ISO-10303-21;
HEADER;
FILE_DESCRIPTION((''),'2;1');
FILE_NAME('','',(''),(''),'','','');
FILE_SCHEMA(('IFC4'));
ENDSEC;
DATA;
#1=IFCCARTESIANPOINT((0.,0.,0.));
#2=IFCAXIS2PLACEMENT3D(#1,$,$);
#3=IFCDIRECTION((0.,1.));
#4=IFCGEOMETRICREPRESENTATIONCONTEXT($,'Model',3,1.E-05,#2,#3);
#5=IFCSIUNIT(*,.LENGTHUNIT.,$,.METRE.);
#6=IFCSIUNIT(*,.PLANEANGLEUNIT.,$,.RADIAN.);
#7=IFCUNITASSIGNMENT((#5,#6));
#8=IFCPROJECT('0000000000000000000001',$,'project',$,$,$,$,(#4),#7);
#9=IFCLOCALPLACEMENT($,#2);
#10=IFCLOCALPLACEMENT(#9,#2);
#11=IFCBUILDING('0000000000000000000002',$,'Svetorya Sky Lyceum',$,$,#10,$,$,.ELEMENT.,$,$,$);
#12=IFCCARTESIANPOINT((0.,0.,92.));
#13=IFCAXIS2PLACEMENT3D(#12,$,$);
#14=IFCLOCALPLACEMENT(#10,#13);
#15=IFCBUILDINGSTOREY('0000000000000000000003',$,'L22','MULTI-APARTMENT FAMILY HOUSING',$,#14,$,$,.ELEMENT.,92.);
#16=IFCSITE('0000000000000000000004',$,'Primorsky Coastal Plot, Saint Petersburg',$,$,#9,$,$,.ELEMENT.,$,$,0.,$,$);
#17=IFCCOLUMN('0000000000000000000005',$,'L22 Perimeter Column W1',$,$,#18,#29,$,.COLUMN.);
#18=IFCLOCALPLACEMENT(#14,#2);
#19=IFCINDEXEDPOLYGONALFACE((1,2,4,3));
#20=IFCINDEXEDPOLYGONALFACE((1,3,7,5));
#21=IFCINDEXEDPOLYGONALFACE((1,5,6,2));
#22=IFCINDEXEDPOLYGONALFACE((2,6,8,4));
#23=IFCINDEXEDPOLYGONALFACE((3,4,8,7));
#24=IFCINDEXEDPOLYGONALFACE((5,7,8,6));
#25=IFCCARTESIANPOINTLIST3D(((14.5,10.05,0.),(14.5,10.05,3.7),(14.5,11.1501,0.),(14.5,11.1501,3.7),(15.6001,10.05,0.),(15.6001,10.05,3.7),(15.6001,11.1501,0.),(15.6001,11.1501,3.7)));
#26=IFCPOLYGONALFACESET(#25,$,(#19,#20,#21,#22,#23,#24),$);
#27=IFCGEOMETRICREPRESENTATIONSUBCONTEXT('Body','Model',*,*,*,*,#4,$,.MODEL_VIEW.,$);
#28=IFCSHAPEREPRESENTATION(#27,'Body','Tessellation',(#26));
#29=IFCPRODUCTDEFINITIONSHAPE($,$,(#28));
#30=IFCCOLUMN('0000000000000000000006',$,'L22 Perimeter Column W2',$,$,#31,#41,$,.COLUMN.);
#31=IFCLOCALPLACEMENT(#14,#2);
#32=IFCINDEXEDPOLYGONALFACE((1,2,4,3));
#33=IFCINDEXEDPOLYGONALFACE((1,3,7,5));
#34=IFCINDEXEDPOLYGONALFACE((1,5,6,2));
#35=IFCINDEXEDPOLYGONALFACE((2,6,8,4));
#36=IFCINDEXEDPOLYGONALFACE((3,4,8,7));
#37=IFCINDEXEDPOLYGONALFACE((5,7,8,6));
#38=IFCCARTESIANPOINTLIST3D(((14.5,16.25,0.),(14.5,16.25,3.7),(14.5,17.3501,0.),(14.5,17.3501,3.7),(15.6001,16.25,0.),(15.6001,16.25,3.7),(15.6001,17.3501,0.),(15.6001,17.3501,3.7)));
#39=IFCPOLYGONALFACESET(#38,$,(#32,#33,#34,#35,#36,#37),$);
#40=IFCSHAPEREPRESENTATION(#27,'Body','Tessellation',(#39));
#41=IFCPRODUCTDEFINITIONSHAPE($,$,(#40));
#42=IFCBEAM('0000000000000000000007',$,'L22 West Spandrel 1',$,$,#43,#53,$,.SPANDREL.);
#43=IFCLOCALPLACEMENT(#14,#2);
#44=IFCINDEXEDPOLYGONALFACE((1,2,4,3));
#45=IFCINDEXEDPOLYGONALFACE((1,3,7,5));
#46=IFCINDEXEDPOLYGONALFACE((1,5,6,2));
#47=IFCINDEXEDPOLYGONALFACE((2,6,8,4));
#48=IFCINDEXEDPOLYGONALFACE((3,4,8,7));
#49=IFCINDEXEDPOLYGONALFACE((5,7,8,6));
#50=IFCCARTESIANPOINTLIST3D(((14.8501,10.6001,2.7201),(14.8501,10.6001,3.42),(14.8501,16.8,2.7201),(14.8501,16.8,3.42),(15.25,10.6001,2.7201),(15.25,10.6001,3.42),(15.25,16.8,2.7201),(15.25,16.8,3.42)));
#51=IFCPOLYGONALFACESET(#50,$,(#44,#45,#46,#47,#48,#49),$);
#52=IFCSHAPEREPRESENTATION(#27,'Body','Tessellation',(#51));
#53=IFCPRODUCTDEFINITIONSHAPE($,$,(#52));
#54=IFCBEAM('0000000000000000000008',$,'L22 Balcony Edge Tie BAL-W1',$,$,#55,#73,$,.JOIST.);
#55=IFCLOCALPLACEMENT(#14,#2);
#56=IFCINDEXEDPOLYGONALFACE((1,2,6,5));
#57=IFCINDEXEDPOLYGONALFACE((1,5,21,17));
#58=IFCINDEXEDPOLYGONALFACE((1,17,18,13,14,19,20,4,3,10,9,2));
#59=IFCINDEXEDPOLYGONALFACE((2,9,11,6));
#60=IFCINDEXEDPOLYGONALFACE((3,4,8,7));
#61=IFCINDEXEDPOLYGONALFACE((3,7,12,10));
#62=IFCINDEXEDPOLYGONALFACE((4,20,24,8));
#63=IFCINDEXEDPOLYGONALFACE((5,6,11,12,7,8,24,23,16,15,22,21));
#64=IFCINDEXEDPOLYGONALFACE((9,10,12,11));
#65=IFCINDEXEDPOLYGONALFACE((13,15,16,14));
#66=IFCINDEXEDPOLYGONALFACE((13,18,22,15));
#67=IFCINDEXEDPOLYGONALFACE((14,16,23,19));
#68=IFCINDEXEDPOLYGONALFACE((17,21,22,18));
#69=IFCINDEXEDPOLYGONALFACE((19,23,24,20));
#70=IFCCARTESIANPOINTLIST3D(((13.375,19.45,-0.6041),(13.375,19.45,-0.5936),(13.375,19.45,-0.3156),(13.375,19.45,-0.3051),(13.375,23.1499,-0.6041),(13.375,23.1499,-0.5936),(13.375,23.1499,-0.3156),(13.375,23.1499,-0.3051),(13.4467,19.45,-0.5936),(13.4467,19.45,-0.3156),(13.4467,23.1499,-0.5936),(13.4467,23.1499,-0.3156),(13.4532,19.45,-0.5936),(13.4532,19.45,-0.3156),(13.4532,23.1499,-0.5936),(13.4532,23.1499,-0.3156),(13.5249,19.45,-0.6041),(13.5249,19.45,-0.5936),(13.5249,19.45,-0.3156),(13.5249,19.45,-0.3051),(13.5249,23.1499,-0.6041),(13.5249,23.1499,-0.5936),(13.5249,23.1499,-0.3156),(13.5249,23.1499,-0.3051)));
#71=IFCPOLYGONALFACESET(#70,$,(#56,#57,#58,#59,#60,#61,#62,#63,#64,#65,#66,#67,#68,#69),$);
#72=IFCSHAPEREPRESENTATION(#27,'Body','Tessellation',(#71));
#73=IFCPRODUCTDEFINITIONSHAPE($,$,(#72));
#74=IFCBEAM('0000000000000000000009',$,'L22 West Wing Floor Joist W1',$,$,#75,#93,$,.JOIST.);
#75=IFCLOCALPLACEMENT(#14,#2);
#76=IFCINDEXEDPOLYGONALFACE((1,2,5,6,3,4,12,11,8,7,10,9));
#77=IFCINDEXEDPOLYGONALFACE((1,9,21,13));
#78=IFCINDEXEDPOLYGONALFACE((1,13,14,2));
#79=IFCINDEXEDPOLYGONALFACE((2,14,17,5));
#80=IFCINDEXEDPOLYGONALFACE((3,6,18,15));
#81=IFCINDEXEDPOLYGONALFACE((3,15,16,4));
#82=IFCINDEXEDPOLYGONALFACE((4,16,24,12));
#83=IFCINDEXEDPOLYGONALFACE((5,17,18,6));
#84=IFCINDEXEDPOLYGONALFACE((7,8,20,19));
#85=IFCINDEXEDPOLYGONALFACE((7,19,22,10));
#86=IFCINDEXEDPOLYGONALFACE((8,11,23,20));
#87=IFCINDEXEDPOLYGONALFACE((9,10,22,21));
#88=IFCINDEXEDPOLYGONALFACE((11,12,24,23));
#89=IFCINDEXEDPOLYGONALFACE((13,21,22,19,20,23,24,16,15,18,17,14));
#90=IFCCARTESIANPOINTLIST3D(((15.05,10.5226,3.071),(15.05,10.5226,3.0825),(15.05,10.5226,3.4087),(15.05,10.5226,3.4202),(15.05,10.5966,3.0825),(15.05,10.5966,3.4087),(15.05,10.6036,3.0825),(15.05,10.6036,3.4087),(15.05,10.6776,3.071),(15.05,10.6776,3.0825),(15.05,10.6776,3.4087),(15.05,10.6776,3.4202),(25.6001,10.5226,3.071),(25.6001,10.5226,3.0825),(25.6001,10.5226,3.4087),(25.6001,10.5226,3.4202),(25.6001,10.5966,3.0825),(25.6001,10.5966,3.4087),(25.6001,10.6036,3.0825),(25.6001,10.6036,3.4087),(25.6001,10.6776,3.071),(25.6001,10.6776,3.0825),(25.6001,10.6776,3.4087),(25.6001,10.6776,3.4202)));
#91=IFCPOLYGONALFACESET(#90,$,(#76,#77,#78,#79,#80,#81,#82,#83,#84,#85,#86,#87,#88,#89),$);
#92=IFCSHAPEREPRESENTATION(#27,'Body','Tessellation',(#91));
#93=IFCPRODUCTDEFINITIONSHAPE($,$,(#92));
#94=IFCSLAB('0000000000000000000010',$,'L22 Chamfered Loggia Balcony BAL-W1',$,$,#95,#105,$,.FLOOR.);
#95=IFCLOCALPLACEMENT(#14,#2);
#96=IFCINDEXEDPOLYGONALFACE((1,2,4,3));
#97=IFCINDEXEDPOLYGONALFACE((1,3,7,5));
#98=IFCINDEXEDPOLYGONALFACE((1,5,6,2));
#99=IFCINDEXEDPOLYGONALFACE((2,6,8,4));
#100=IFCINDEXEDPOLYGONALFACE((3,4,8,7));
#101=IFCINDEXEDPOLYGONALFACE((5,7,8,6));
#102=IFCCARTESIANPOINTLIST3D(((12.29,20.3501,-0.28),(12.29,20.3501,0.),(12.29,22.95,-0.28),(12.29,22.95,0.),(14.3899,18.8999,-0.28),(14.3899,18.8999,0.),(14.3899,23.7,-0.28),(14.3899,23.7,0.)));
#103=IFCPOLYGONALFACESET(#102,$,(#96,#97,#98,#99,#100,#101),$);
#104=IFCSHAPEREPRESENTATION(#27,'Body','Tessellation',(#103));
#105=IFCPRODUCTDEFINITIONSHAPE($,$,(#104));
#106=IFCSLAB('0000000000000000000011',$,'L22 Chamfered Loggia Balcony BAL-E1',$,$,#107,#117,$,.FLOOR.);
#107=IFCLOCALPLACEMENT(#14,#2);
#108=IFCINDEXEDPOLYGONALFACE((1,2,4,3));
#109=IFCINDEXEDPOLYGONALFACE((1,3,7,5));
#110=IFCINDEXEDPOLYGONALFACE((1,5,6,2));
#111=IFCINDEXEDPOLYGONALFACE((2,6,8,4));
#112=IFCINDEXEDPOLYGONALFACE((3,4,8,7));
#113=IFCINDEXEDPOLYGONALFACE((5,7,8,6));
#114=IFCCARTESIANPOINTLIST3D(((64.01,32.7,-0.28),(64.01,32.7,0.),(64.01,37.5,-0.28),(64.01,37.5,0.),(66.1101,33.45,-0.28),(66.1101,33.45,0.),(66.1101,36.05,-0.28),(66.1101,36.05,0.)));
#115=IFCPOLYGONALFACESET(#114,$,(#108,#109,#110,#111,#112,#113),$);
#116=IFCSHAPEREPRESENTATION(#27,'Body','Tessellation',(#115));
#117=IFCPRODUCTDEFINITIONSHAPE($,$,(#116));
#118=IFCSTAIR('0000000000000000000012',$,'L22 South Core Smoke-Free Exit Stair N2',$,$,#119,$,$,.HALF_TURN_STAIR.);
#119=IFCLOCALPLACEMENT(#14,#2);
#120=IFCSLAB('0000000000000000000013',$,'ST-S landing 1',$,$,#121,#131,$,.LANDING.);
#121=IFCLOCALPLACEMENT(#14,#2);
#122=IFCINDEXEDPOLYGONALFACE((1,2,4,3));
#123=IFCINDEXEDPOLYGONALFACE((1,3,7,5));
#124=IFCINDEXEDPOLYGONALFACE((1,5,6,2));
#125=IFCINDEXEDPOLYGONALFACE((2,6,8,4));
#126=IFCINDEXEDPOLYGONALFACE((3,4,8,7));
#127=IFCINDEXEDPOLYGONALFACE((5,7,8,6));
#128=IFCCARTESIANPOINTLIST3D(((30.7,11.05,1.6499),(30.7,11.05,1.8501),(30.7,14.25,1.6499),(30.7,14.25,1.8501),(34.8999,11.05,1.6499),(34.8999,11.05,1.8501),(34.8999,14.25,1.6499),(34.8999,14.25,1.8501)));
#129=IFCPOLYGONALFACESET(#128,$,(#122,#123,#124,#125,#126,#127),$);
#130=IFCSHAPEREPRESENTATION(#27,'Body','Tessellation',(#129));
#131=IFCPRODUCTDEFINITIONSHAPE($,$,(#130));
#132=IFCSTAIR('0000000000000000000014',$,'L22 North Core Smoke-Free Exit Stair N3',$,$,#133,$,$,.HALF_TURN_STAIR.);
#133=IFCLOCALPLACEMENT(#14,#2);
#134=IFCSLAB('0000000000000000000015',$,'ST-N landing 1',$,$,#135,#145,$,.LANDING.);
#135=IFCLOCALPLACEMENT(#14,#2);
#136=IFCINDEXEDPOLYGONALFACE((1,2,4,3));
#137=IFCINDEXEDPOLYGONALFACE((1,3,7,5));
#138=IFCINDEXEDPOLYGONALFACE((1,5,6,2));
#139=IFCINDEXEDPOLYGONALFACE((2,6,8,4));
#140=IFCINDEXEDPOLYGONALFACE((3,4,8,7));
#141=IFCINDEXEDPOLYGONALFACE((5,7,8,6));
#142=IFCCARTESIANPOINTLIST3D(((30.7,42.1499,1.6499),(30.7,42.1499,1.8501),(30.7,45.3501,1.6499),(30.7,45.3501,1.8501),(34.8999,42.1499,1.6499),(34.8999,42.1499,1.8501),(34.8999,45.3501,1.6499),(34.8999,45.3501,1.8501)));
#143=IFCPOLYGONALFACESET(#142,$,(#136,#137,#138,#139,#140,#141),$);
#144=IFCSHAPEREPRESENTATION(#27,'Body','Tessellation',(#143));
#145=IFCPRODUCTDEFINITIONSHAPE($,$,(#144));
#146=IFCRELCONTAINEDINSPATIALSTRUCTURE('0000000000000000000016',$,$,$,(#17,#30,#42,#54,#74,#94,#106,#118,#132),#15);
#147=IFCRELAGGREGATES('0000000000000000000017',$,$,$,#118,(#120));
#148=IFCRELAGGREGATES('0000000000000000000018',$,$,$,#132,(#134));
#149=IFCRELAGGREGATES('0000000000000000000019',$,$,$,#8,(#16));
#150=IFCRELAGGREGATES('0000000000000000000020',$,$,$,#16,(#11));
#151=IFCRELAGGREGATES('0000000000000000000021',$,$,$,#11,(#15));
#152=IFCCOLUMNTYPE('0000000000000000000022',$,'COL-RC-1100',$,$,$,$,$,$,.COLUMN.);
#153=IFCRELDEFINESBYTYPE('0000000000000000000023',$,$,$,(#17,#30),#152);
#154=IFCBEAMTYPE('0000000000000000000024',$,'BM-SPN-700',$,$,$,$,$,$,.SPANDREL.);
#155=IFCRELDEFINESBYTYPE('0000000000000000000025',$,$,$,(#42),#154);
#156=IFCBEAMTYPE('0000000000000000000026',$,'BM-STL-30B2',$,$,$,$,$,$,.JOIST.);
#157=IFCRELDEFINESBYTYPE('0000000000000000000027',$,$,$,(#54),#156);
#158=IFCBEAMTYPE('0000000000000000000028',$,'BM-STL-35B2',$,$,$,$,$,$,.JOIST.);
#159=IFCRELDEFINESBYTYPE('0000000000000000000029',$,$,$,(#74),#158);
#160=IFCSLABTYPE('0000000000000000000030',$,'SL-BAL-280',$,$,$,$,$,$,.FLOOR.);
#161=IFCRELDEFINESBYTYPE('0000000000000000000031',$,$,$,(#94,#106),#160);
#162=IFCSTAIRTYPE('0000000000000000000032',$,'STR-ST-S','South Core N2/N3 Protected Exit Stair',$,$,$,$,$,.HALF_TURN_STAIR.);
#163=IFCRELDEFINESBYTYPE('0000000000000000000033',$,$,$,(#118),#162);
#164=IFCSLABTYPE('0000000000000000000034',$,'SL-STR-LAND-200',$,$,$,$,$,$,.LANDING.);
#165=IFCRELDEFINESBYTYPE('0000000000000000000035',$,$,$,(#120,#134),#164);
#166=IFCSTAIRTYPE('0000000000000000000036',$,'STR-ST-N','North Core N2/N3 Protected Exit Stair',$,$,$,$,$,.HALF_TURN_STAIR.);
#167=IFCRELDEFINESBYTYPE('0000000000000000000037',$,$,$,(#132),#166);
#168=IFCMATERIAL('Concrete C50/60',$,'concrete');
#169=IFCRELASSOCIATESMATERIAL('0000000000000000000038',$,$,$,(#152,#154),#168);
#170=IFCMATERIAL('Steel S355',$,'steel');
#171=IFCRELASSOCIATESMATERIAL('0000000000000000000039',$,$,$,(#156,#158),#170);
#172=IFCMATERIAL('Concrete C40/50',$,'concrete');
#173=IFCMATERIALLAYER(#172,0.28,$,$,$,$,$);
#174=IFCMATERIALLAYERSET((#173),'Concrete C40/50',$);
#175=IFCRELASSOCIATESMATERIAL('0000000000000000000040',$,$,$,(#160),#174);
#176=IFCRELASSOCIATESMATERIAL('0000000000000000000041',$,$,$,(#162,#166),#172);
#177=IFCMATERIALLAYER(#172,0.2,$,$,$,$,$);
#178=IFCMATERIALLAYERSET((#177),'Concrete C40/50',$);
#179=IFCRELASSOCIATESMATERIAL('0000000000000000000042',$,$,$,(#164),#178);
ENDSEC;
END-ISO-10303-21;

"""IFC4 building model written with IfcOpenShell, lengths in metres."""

from ifc_helpers import new_model, si_unit, direction, frame, origin, origin_2d, place, context, subcontext, project, spatial, polyline, rectangle, i_section, outline, extrude, material, layer, layer_set, material_profile, profile_set, type_object, element, aggregate, save


model = new_model("IFC4")

# Units and contexts
model_context = context("Model", 3, precision=1e-05, world=origin(), true_north=direction((0.0, 1.0)))
body_context = subcontext(model_context, "Body", "Model", "MODEL_VIEW")
ifc_project = project(units=[si_unit("LENGTHUNIT", "METRE"), si_unit("PLANEANGLEUNIT", "RADIAN")], contexts=[model_context])

# Site, building, storey
site_placement = place(None, origin())
site = spatial("IfcSite", under=ifc_project, at=site_placement, Name="Primorsky Coastal Plot, Saint Petersburg", CompositionType="ELEMENT", RefElevation=0.0)
building_placement = place(site_placement, origin())
building = spatial("IfcBuilding", under=site, at=building_placement, Name="Svetorya Sky Lyceum", CompositionType="ELEMENT")
storey_placement = place(building_placement, frame((0.0, 0.0, 92.0)))
storey = spatial("IfcBuildingStorey", under=building, at=storey_placement, Name="L22", Description="MULTI-APARTMENT FAMILY HOUSING", CompositionType="ELEMENT", Elevation=92.0)

# Columns
ifc_material_1 = material(Name="Concrete C50/60", Category="concrete")
ifc_material_profile_1 = material_profile(ifc_material_1, rectangle(XDim=1.1001, YDim=1.1001, at=origin_2d()), Name="RC COL 1100x1100")
ifc_profile_set_1 = profile_set([ifc_material_profile_1], Name="Concrete C50/60")
column_type = type_object("IfcColumnType", Name="COL-RC-1100", PredefinedType="COLUMN", material=ifc_profile_set_1)
for number, where, z_axis, x_axis, name in (
    (1, (15.05, 10.6001, 0.0), (0.0, 0.0, 1.0), (1.0, 0.0, 0.0), "L22 Perimeter Column W1"),
    (2, (15.05, 16.8, 0.0), (0.0, 0.0, 1.0), (1.0, 0.0, 0.0), "L22 Perimeter Column W2"),
):
    element("IfcColumn", number, at=place(storey_placement, frame(where, z_axis=z_axis, x_axis=x_axis)), inside=storey, type_object=column_type, Name=name, PredefinedType="COLUMN", context=body_context, shape_type="SweptSolid", body=[
        extrude(rectangle(XDim=1.1001, YDim=1.1001, at=origin_2d()), origin(), (0.0, 0.0, 1.0), 3.7),
    ])

# Beams
ifc_material_profile_2 = material_profile(ifc_material_1, rectangle(XDim=0.3999, YDim=0.7, at=origin_2d()), Name="RC SPANDREL 400x700")
ifc_profile_set_2 = profile_set([ifc_material_profile_2], Name="Concrete C50/60")
beam_type_1 = type_object("IfcBeamType", Name="BM-SPN-700", PredefinedType="SPANDREL", material=ifc_profile_set_2)
beam_1_placement = place(storey_placement, frame((15.05, 10.6001, 3.0701), z_axis=(0.0, 1.0, 0.0), x_axis=(-1.0, 0.0, 0.0)))
element("IfcBeam", 3, at=beam_1_placement, inside=storey, type_object=beam_type_1, Name="L22 West Spandrel 1", PredefinedType="SPANDREL", context=body_context, shape_type="SweptSolid", body=[
    extrude(rectangle(XDim=0.3999, YDim=0.7, at=origin_2d()), origin(), (0.0, 0.0, 1.0), 6.2),
])
ifc_material_2 = material(Name="Steel S355", Category="steel")
ifc_material_profile_3 = material_profile(ifc_material_2, i_section(OverallWidth=0.1499, OverallDepth=0.2991, WebThickness=0.0066, FlangeThickness=0.0105, at=origin_2d()), Name="GOST 30B2")
ifc_profile_set_3 = profile_set([ifc_material_profile_3], Name="Steel S355")
beam_type_2 = type_object("IfcBeamType", Name="BM-STL-30B2", PredefinedType="JOIST", material=ifc_profile_set_3)
beam_2_placement = place(storey_placement, frame((13.45, 19.45, -0.4546), z_axis=(0.0, 1.0, 0.0), x_axis=(-1.0, 0.0, 0.0)))
element("IfcBeam", 4, at=beam_2_placement, inside=storey, type_object=beam_type_2, Name="L22 Balcony Edge Tie BAL-W1", PredefinedType="JOIST", context=body_context, shape_type="SweptSolid", body=[
    extrude(i_section(OverallWidth=0.1499, OverallDepth=0.2991, WebThickness=0.0066, FlangeThickness=0.0105, at=origin_2d()), origin(), (0.0, 0.0, 1.0), 3.7),
])
ifc_material_profile_4 = material_profile(ifc_material_2, i_section(OverallWidth=0.155, OverallDepth=0.3491, WebThickness=0.0071, FlangeThickness=0.0115, at=origin_2d()), Name="GOST 35B2")
ifc_profile_set_4 = profile_set([ifc_material_profile_4], Name="Steel S355")
beam_type_3 = type_object("IfcBeamType", Name="BM-STL-35B2", PredefinedType="JOIST", material=ifc_profile_set_4)
beam_3_placement = place(storey_placement, frame((15.05, 10.6001, 3.2456), z_axis=(1.0, 0.0, 0.0), x_axis=(0.0, 1.0, 0.0)))
element("IfcBeam", 5, at=beam_3_placement, inside=storey, type_object=beam_type_3, Name="L22 West Wing Floor Joist W1", PredefinedType="JOIST", context=body_context, shape_type="SweptSolid", body=[
    extrude(i_section(OverallWidth=0.155, OverallDepth=0.3491, WebThickness=0.0071, FlangeThickness=0.0115, at=origin_2d()), origin(), (0.0, 0.0, 1.0), 10.55),
])

# Slabs
ifc_material_3 = material(Name="Concrete C40/50", Category="concrete")
ifc_layer_1 = layer(ifc_material_3, 0.28)
ifc_layer_set_1 = layer_set([ifc_layer_1], Name="Concrete C40/50")
slab_type_1 = type_object("IfcSlabType", Name="SL-BAL-280", PredefinedType="FLOOR", material=ifc_layer_set_1)
slab_1_placement = place(storey_placement, frame((0.0, 0.0, -0.28)))
element("IfcSlab", 6, at=slab_1_placement, inside=storey, type_object=slab_type_1, Name="L22 Chamfered Loggia Balcony BAL-W1", PredefinedType="FLOOR", context=body_context, shape_type="SweptSolid", body=[
    extrude(outline(polyline([(14.3899, 18.8999), (14.3899, 23.7), (12.29, 22.95), (12.29, 20.3501), (14.3899, 18.8999)])), origin(), (0.0, 0.0, 1.0), 0.28),
])
slab_2_placement = place(storey_placement, frame((0.0, 0.0, -0.28)))
element("IfcSlab", 7, at=slab_2_placement, inside=storey, type_object=slab_type_1, Name="L22 Chamfered Loggia Balcony BAL-E1", PredefinedType="FLOOR", context=body_context, shape_type="SweptSolid", body=[
    extrude(outline(polyline([(64.01, 32.7), (66.1101, 33.45), (66.1101, 36.05), (64.01, 37.5), (64.01, 32.7)])), origin(), (0.0, 0.0, 1.0), 0.28),
])

# Stairs, slabs
stair_type_1 = type_object("IfcStairType", Name="STR-ST-S", Description="South Core N2/N3 Protected Exit Stair", PredefinedType="HALF_TURN_STAIR", material=ifc_material_3)
stair_1_placement = place(storey_placement, origin())
stair_1 = element("IfcStair", 8, at=stair_1_placement, inside=storey, type_object=stair_type_1, Name="L22 South Core Smoke-Free Exit Stair N2", PredefinedType="HALF_TURN_STAIR")
ifc_layer_2 = layer(ifc_material_3, 0.2)
ifc_layer_set_2 = layer_set([ifc_layer_2], Name="Concrete C40/50")
slab_type_2 = type_object("IfcSlabType", Name="SL-STR-LAND-200", PredefinedType="LANDING", material=ifc_layer_set_2)
slab_3_placement = place(storey_placement, frame((0.0, 0.0, 1.6499)))
slab_3 = element("IfcSlab", 9, at=slab_3_placement, type_object=slab_type_2, Name="ST-S landing 1", PredefinedType="LANDING", context=body_context, shape_type="SweptSolid", body=[
    extrude(outline(polyline([(30.7, 11.05), (34.8999, 11.05), (34.8999, 14.25), (30.7, 14.25), (30.7, 11.05)])), origin(), (0.0, 0.0, 1.0), 0.2002),
])
aggregate(stair_1, [slab_3])
stair_type_2 = type_object("IfcStairType", Name="STR-ST-N", Description="North Core N2/N3 Protected Exit Stair", PredefinedType="HALF_TURN_STAIR", material=ifc_material_3)
stair_2_placement = place(storey_placement, origin())
stair_2 = element("IfcStair", 10, at=stair_2_placement, inside=storey, type_object=stair_type_2, Name="L22 North Core Smoke-Free Exit Stair N3", PredefinedType="HALF_TURN_STAIR")
slab_4_placement = place(storey_placement, frame((0.0, 0.0, 1.6499)))
slab_4 = element("IfcSlab", 11, at=slab_4_placement, type_object=slab_type_2, Name="ST-N landing 1", PredefinedType="LANDING", context=body_context, shape_type="SweptSolid", body=[
    extrude(outline(polyline([(30.7, 42.1499), (34.8999, 42.1499), (34.8999, 45.3501), (30.7, 45.3501), (30.7, 42.1499)])), origin(), (0.0, 0.0, 1.0), 0.2002),
])
aggregate(stair_2, [slab_4])

save(model, "model.ifc")
